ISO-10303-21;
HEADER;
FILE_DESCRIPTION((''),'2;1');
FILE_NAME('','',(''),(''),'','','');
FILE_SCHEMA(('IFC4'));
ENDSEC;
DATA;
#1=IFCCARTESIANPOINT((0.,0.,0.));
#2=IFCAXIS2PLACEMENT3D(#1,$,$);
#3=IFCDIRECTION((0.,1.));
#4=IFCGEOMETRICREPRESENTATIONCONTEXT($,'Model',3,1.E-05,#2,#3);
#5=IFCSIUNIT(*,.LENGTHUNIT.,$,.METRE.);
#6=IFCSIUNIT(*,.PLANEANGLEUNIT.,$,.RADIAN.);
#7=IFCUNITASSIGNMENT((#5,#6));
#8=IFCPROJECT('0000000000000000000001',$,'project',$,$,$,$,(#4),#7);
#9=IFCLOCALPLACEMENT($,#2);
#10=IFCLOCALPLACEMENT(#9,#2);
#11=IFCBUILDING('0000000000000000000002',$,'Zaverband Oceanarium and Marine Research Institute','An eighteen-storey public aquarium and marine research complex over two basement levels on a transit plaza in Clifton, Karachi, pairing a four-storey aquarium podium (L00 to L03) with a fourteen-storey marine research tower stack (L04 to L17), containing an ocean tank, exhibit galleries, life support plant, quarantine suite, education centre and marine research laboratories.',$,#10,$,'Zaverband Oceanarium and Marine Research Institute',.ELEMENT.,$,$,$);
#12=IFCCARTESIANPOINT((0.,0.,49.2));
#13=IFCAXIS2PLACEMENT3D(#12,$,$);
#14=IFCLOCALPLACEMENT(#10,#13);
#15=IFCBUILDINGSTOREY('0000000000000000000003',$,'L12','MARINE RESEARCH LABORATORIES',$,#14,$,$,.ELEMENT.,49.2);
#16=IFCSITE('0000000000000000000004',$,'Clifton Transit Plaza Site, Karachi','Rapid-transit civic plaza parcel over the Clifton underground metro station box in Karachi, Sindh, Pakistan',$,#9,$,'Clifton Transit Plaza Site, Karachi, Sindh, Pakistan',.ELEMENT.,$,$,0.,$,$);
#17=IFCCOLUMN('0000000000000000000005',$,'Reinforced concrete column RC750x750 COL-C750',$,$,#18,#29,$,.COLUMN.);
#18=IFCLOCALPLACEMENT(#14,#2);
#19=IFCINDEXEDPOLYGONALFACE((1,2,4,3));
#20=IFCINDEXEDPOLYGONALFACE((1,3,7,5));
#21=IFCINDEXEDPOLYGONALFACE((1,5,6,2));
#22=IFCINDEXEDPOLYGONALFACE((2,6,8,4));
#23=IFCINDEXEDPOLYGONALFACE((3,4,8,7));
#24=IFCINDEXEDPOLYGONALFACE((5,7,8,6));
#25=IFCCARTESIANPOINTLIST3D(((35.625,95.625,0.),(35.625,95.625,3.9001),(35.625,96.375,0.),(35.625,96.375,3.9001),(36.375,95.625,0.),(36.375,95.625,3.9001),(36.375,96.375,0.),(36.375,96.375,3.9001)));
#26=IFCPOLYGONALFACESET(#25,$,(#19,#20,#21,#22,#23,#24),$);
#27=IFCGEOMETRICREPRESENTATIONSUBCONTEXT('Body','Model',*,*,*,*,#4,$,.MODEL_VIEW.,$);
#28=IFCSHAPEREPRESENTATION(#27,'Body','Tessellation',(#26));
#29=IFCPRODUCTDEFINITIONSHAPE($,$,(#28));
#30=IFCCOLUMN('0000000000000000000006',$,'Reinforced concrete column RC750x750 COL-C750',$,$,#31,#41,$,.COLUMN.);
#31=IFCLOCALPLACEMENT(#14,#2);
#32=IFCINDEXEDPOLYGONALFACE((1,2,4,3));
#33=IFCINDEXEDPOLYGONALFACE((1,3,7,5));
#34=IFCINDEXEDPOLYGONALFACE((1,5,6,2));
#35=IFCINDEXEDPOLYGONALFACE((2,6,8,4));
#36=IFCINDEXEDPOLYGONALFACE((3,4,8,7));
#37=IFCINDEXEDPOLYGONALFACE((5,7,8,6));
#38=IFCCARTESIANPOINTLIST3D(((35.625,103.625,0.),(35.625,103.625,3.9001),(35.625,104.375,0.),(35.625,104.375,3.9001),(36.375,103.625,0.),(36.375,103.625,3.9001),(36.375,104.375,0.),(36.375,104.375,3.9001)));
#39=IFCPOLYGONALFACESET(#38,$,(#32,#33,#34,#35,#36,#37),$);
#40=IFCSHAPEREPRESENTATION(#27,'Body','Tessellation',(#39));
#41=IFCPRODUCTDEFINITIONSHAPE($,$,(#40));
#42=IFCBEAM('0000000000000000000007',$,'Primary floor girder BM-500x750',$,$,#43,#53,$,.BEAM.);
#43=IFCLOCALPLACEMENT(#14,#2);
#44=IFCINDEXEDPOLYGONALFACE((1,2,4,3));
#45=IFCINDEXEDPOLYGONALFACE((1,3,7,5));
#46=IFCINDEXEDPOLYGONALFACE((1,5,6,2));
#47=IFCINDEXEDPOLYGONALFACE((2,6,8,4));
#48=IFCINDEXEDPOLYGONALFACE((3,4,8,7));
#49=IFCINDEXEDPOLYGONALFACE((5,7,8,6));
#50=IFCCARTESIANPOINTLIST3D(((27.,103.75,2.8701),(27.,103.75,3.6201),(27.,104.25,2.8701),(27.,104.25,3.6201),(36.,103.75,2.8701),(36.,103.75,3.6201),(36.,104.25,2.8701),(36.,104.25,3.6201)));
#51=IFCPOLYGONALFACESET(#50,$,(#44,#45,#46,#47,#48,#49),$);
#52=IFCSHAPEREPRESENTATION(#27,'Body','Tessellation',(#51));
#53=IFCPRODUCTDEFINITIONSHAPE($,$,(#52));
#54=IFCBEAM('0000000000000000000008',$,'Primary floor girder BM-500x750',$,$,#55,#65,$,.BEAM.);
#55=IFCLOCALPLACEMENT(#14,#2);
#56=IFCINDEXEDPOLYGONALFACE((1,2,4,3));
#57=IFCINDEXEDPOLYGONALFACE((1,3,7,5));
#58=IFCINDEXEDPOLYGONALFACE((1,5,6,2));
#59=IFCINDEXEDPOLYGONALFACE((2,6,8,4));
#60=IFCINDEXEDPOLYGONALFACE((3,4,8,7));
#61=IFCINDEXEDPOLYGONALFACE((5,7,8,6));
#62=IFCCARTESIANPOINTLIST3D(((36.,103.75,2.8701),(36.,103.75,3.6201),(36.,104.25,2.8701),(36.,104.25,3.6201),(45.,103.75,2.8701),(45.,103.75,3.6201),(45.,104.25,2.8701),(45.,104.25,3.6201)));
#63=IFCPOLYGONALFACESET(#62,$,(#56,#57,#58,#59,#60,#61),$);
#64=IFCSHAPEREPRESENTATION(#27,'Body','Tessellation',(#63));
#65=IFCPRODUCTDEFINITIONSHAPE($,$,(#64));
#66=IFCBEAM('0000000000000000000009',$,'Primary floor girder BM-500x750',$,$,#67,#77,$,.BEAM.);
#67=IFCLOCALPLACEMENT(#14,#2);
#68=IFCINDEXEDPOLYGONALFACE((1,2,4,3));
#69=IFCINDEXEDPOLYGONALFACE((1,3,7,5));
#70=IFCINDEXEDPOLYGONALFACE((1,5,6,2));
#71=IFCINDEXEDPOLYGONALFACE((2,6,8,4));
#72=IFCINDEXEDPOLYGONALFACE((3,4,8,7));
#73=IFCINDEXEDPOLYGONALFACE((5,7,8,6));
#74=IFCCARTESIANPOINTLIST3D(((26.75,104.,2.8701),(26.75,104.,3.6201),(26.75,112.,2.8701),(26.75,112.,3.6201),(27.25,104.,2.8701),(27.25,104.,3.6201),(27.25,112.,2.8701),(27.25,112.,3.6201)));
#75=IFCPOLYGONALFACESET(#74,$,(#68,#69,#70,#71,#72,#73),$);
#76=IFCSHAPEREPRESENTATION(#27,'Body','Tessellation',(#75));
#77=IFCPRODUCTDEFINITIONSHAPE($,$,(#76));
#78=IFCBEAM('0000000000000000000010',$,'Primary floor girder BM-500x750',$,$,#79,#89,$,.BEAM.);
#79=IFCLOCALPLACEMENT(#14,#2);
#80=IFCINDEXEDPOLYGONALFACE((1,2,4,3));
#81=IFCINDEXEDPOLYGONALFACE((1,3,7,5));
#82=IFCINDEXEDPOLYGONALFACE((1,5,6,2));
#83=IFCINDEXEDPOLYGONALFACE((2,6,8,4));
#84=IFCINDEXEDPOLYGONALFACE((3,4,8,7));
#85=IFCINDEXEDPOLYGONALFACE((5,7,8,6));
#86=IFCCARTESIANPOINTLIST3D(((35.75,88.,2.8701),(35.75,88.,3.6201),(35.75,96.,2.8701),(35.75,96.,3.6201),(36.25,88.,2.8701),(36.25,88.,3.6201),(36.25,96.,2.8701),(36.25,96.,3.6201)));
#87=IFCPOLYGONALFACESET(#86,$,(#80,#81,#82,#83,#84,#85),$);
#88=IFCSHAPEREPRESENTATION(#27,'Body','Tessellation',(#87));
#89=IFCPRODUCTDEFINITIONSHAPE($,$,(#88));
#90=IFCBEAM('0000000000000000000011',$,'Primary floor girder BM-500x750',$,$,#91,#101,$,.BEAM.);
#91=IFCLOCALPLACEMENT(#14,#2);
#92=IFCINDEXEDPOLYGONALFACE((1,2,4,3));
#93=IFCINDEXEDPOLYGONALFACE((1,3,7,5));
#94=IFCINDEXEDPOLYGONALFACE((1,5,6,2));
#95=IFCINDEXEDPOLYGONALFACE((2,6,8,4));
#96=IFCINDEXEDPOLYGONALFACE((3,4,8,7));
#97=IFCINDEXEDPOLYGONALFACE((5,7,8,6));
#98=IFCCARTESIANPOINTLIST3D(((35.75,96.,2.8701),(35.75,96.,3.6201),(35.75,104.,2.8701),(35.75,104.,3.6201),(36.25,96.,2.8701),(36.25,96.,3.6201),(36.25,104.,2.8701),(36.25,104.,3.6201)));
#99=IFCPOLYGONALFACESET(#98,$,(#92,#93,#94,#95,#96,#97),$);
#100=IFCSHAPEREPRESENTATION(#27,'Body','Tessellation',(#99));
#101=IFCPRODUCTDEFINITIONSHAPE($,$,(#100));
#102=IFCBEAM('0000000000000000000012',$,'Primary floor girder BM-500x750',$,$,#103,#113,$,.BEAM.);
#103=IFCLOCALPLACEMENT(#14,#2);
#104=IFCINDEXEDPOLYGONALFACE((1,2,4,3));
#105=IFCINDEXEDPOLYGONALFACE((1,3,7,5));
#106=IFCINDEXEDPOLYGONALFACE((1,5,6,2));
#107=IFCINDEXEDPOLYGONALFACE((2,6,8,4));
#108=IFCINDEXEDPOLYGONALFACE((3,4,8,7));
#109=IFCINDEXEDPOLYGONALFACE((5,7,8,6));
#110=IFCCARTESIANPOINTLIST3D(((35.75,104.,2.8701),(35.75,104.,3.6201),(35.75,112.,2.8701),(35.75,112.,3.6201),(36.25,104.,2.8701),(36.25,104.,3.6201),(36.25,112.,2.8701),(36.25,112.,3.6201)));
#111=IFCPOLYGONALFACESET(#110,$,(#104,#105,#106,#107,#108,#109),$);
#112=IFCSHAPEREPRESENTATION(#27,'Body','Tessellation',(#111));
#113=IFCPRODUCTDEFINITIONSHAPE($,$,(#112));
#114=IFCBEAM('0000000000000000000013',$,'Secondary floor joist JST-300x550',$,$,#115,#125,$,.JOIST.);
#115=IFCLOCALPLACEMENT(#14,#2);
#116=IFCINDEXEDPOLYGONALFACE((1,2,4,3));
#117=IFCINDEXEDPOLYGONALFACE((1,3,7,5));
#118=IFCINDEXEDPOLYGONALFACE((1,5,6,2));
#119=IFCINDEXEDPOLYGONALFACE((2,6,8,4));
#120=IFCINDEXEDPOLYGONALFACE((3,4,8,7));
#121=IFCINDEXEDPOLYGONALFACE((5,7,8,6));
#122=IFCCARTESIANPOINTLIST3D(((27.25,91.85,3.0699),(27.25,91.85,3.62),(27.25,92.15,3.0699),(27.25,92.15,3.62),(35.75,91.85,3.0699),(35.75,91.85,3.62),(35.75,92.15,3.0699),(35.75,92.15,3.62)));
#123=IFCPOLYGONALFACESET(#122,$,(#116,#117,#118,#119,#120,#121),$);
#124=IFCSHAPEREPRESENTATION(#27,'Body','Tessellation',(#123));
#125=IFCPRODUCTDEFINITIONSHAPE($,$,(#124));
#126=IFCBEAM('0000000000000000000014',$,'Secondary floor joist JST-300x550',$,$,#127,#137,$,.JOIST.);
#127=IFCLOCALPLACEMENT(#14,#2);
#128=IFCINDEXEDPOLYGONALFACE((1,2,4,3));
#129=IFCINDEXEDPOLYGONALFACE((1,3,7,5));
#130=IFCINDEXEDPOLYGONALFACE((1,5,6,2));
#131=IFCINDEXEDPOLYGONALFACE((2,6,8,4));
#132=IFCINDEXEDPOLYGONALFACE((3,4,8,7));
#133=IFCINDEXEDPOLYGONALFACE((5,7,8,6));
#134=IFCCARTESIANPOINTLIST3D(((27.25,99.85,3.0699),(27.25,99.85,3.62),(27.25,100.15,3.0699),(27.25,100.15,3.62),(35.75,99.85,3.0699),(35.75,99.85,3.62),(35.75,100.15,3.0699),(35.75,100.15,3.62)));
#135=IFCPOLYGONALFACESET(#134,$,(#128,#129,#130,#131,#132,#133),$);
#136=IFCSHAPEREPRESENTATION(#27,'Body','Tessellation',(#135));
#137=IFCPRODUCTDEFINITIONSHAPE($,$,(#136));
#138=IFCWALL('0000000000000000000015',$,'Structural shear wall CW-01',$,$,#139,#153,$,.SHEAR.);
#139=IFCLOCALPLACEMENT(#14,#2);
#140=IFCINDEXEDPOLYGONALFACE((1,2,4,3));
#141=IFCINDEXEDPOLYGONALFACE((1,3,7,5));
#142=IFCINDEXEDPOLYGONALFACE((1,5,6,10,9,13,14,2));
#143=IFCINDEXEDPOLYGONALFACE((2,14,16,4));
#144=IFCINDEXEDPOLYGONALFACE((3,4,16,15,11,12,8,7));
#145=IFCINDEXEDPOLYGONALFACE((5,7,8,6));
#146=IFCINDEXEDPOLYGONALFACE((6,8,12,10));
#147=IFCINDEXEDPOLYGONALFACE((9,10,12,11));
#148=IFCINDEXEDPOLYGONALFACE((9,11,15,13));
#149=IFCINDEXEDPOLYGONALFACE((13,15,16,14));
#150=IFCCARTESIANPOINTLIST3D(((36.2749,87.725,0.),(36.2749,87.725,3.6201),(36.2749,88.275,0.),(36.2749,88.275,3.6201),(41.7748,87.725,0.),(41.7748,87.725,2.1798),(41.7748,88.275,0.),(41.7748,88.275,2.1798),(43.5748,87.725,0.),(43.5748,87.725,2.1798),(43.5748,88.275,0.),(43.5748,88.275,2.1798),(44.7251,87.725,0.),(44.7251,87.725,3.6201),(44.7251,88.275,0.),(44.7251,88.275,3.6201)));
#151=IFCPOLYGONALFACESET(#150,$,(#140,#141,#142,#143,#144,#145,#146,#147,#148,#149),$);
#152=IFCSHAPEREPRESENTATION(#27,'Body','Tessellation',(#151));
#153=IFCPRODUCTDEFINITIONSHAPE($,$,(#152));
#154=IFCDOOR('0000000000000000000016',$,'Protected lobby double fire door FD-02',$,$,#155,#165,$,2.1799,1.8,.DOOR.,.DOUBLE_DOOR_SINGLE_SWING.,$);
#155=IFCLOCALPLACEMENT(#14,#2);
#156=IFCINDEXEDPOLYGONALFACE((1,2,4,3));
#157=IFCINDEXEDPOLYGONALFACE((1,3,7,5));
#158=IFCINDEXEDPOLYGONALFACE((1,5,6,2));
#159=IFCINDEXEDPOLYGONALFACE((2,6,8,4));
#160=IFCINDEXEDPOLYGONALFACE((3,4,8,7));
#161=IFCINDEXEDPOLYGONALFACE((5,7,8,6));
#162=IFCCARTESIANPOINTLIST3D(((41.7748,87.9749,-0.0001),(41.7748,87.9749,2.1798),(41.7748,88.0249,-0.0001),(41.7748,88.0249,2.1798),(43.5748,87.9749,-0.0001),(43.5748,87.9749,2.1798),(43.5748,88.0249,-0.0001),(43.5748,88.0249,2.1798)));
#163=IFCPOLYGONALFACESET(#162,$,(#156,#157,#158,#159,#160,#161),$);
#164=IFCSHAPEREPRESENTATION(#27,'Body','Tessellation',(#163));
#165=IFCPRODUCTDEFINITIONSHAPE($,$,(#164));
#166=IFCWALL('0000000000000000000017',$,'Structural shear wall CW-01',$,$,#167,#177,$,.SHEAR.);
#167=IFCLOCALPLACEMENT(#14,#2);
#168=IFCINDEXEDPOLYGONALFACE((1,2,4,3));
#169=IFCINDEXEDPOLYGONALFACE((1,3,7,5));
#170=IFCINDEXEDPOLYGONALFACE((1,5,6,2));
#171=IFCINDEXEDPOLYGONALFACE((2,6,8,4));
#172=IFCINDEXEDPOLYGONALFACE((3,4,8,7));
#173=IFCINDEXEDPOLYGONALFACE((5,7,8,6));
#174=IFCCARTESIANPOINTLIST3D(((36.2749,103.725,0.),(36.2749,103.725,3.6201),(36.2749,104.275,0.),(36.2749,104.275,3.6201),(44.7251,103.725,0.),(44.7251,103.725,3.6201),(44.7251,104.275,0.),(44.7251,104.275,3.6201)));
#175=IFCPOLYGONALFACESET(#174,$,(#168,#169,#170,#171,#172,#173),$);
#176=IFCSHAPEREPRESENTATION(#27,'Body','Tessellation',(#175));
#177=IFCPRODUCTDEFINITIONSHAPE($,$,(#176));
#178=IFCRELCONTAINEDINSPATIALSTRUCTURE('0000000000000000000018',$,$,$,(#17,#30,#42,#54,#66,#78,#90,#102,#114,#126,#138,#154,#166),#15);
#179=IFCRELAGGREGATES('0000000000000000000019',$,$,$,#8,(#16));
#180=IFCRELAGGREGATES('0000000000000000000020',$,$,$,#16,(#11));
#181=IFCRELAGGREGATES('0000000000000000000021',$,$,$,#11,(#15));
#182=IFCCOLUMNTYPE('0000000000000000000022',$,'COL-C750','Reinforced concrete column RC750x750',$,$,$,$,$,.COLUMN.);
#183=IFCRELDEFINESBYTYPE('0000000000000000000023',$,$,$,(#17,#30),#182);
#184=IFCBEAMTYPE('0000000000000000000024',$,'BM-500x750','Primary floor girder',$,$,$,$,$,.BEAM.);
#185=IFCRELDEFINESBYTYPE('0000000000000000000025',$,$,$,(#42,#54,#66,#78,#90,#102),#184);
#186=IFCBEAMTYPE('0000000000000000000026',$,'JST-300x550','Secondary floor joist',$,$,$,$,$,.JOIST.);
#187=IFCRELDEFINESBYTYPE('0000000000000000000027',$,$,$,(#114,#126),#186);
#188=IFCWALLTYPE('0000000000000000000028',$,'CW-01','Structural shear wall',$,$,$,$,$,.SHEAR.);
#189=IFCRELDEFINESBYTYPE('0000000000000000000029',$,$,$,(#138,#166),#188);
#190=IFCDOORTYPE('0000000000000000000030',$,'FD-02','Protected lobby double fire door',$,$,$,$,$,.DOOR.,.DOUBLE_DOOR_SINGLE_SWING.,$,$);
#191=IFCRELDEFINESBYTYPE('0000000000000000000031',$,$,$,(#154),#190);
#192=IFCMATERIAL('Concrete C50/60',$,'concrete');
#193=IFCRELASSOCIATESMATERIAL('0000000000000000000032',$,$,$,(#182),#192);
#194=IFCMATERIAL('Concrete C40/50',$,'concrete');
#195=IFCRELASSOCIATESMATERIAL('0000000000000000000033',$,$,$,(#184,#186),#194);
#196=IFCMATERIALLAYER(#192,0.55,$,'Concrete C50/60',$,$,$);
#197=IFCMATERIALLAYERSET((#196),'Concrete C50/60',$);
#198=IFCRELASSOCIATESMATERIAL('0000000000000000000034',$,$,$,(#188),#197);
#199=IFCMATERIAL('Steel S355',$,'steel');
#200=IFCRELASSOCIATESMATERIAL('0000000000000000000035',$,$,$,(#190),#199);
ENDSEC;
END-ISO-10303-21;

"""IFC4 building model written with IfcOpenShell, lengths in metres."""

from ifc_helpers import new_model, si_unit, direction, frame, frame_2d, origin, origin_2d, place, context, subcontext, project, spatial, rectangle, extrude, material, layer, layer_set, material_profile, profile_set, type_object, element, fill, save


model = new_model("IFC4")

# Units and contexts
model_context = context("Model", 3, precision=1e-05, world=origin(), true_north=direction((0.0, 1.0)))
body_context = subcontext(model_context, "Body", "Model", "MODEL_VIEW")
ifc_project = project(units=[si_unit("LENGTHUNIT", "METRE"), si_unit("PLANEANGLEUNIT", "RADIAN")], contexts=[model_context])

# Site, building, storey
site_placement = place(None, origin())
site = spatial("IfcSite", under=ifc_project, at=site_placement, Name="Clifton Transit Plaza Site, Karachi", Description="Rapid-transit civic plaza parcel over the Clifton underground metro station box in Karachi, Sindh, Pakistan", LongName="Clifton Transit Plaza Site, Karachi, Sindh, Pakistan", CompositionType="ELEMENT", RefElevation=0.0)
building_placement = place(site_placement, origin())
building = spatial("IfcBuilding", under=site, at=building_placement, Name="Zaverband Oceanarium and Marine Research Institute", Description="An eighteen-storey public aquarium and marine research complex over two basement levels on a transit plaza in Clifton, Karachi, pairing a four-storey aquarium podium (L00 to L03) with a fourteen-storey marine research tower stack (L04 to L17), containing an ocean tank, exhibit galleries, life support plant, quarantine suite, education centre and marine research laboratories.", LongName="Zaverband Oceanarium and Marine Research Institute", CompositionType="ELEMENT")
storey_placement = place(building_placement, frame((0.0, 0.0, 49.2)))
storey = spatial("IfcBuildingStorey", under=building, at=storey_placement, Name="L12", Description="MARINE RESEARCH LABORATORIES", CompositionType="ELEMENT", Elevation=49.2)

# Columns
ifc_material_1 = material(Name="Concrete C50/60", Category="concrete")
ifc_material_profile_1 = material_profile(ifc_material_1, rectangle(XDim=0.75, YDim=0.75, at=origin_2d()), Name="RC750x750")
ifc_profile_set_1 = profile_set([ifc_material_profile_1], Name="Concrete C50/60")
column_type = type_object("IfcColumnType", Name="COL-C750", Description="Reinforced concrete column RC750x750", PredefinedType="COLUMN", material=ifc_profile_set_1)
for number, where, z_axis, x_axis, name in (
    (1, (36.0, 96.0, 0.0), (0.0, 0.0, 1.0), (1.0, 0.0, 0.0), "Reinforced concrete column RC750x750 COL-C750"),
    (2, (36.0, 104.0, 0.0), (0.0, 0.0, 1.0), (1.0, 0.0, 0.0), "Reinforced concrete column RC750x750 COL-C750"),
):
    element("IfcColumn", number, at=place(storey_placement, frame(where, z_axis=z_axis, x_axis=x_axis)), inside=storey, type_object=column_type, Name=name, PredefinedType="COLUMN", context=body_context, shape_type="SweptSolid", body=[
        extrude(rectangle(XDim=0.75, YDim=0.75, at=origin_2d()), origin(), (0.0, 0.0, 1.0), 3.9001),
    ])

# Beams
ifc_material_2 = material(Name="Concrete C40/50", Category="concrete")
ifc_material_profile_2 = material_profile(ifc_material_2, rectangle(XDim=0.5, YDim=0.75, at=origin_2d()), Name="RC500x750")
ifc_profile_set_2 = profile_set([ifc_material_profile_2], Name="Concrete C40/50")
beam_type_1 = type_object("IfcBeamType", Name="BM-500x750", Description="Primary floor girder", PredefinedType="BEAM", material=ifc_profile_set_2)
for number, where, z_axis, x_axis, name in (
    (3, (27.0, 104.0, 3.2451), (1.0, 0.0, 0.0), (0.0, 1.0, 0.0), "Primary floor girder BM-500x750"),
    (4, (36.0, 104.0, 3.2451), (1.0, 0.0, 0.0), (0.0, 1.0, 0.0), "Primary floor girder BM-500x750"),
):
    element("IfcBeam", number, at=place(storey_placement, frame(where, z_axis=z_axis, x_axis=x_axis)), inside=storey, type_object=beam_type_1, Name=name, PredefinedType="BEAM", context=body_context, shape_type="SweptSolid", body=[
        extrude(rectangle(XDim=0.5, YDim=0.75, at=origin_2d()), origin(), (0.0, 0.0, 1.0), 9.0),
    ])
for number, where, z_axis, x_axis, name in (
    (5, (27.0, 104.0, 3.2451), (0.0, 1.0, 0.0), (-1.0, 0.0, 0.0), "Primary floor girder BM-500x750"),
    (6, (36.0, 88.0, 3.2451), (0.0, 1.0, 0.0), (-1.0, 0.0, 0.0), "Primary floor girder BM-500x750"),
    (7, (36.0, 96.0, 3.2451), (0.0, 1.0, 0.0), (-1.0, 0.0, 0.0), "Primary floor girder BM-500x750"),
    (8, (36.0, 104.0, 3.2451), (0.0, 1.0, 0.0), (-1.0, 0.0, 0.0), "Primary floor girder BM-500x750"),
):
    element("IfcBeam", number, at=place(storey_placement, frame(where, z_axis=z_axis, x_axis=x_axis)), inside=storey, type_object=beam_type_1, Name=name, PredefinedType="BEAM", context=body_context, shape_type="SweptSolid", body=[
        extrude(rectangle(XDim=0.5, YDim=0.75, at=origin_2d()), origin(), (0.0, 0.0, 1.0), 8.0),
    ])
ifc_material_profile_3 = material_profile(ifc_material_2, rectangle(XDim=0.3, YDim=0.55, at=origin_2d()), Name="RC300x550")
ifc_profile_set_3 = profile_set([ifc_material_profile_3], Name="Concrete C40/50")
beam_type_2 = type_object("IfcBeamType", Name="JST-300x550", Description="Secondary floor joist", PredefinedType="JOIST", material=ifc_profile_set_3)
for number, where, z_axis, x_axis, name in (
    (9, (27.25, 92.0, 3.345), (1.0, 0.0, 0.0), (0.0, 1.0, 0.0), "Secondary floor joist JST-300x550"),
    (10, (27.25, 100.0, 3.345), (1.0, 0.0, 0.0), (0.0, 1.0, 0.0), "Secondary floor joist JST-300x550"),
):
    element("IfcBeam", number, at=place(storey_placement, frame(where, z_axis=z_axis, x_axis=x_axis)), inside=storey, type_object=beam_type_2, Name=name, PredefinedType="JOIST", context=body_context, shape_type="SweptSolid", body=[
        extrude(rectangle(XDim=0.3, YDim=0.55, at=origin_2d()), origin(), (0.0, 0.0, 1.0), 8.5),
    ])

# Wall, opening, door
ifc_layer_1 = layer(ifc_material_1, 0.55, Name="Concrete C50/60")
ifc_layer_set_1 = layer_set([ifc_layer_1], Name="Concrete C50/60")
wall_type_1 = type_object("IfcWallType", Name="CW-01", Description="Structural shear wall", PredefinedType="SHEAR", material=ifc_layer_set_1)
wall_1_placement = place(storey_placement, frame((36.2749, 88.0, 0.0), z_axis=(0.0, 0.0, 1.0), x_axis=(1.0, 0.0, 0.0)))
wall_1 = element("IfcWall", 11, at=wall_1_placement, inside=storey, type_object=wall_type_1, Name="Structural shear wall CW-01", PredefinedType="SHEAR", context=body_context, shape_type="SweptSolid", body=[
    extrude(rectangle(XDim=8.4502, YDim=0.55, at=frame_2d((4.2251, 0.0))), origin(), (0.0, 0.0, 1.0), 3.6201),
])
opening_1_placement = place(wall_1_placement, frame((5.5, 0.0, 0.0)))
opening_1 = element("IfcOpeningElement", 12, at=opening_1_placement, cuts=wall_1, PredefinedType="OPENING", context=body_context, shape_type="SweptSolid", body=[
    extrude(rectangle(XDim=1.8, YDim=2.1799, at=frame_2d((0.8999, 1.0898))), frame((0.0, 0.2871, 0.0), z_axis=(0.0, -1.0, 0.0), x_axis=(1.0, 0.0, 0.0)), (0.0, 0.0, 1.0), 0.574),
])
ifc_material_3 = material(Name="Steel S355", Category="steel")
door_type_1 = type_object("IfcDoorType", Name="FD-02", Description="Protected lobby double fire door", OperationType="DOUBLE_DOOR_SINGLE_SWING", PredefinedType="DOOR", material=ifc_material_3)
door_1_placement = place(opening_1_placement, origin())
door_1 = element("IfcDoor", 13, at=door_1_placement, inside=storey, type_object=door_type_1, Name="Protected lobby double fire door FD-02", OperationType="DOUBLE_DOOR_SINGLE_SWING", OverallHeight=2.1799, OverallWidth=1.8, PredefinedType="DOOR", context=body_context, shape_type="SweptSolid", body=[
    extrude(rectangle(XDim=1.8, YDim=2.1799, at=frame_2d((0.8999, 1.0898))), frame((0.0, 0.0249, 0.0), z_axis=(0.0, -1.0, 0.0), x_axis=(1.0, 0.0, 0.0)), (0.0, 0.0, 1.0), 0.05),
])
fill(opening_1, door_1)

# Wall
wall_2_placement = place(storey_placement, frame((36.2749, 104.0, 0.0), z_axis=(0.0, 0.0, 1.0), x_axis=(1.0, 0.0, 0.0)))
element("IfcWall", 14, at=wall_2_placement, inside=storey, type_object=wall_type_1, Name="Structural shear wall CW-01", PredefinedType="SHEAR", context=body_context, shape_type="SweptSolid", body=[
    extrude(rectangle(XDim=8.4502, YDim=0.55, at=frame_2d((4.2251, 0.0))), origin(), (0.0, 0.0, 1.0), 3.6201),
])

save(model, "model.ifc")
